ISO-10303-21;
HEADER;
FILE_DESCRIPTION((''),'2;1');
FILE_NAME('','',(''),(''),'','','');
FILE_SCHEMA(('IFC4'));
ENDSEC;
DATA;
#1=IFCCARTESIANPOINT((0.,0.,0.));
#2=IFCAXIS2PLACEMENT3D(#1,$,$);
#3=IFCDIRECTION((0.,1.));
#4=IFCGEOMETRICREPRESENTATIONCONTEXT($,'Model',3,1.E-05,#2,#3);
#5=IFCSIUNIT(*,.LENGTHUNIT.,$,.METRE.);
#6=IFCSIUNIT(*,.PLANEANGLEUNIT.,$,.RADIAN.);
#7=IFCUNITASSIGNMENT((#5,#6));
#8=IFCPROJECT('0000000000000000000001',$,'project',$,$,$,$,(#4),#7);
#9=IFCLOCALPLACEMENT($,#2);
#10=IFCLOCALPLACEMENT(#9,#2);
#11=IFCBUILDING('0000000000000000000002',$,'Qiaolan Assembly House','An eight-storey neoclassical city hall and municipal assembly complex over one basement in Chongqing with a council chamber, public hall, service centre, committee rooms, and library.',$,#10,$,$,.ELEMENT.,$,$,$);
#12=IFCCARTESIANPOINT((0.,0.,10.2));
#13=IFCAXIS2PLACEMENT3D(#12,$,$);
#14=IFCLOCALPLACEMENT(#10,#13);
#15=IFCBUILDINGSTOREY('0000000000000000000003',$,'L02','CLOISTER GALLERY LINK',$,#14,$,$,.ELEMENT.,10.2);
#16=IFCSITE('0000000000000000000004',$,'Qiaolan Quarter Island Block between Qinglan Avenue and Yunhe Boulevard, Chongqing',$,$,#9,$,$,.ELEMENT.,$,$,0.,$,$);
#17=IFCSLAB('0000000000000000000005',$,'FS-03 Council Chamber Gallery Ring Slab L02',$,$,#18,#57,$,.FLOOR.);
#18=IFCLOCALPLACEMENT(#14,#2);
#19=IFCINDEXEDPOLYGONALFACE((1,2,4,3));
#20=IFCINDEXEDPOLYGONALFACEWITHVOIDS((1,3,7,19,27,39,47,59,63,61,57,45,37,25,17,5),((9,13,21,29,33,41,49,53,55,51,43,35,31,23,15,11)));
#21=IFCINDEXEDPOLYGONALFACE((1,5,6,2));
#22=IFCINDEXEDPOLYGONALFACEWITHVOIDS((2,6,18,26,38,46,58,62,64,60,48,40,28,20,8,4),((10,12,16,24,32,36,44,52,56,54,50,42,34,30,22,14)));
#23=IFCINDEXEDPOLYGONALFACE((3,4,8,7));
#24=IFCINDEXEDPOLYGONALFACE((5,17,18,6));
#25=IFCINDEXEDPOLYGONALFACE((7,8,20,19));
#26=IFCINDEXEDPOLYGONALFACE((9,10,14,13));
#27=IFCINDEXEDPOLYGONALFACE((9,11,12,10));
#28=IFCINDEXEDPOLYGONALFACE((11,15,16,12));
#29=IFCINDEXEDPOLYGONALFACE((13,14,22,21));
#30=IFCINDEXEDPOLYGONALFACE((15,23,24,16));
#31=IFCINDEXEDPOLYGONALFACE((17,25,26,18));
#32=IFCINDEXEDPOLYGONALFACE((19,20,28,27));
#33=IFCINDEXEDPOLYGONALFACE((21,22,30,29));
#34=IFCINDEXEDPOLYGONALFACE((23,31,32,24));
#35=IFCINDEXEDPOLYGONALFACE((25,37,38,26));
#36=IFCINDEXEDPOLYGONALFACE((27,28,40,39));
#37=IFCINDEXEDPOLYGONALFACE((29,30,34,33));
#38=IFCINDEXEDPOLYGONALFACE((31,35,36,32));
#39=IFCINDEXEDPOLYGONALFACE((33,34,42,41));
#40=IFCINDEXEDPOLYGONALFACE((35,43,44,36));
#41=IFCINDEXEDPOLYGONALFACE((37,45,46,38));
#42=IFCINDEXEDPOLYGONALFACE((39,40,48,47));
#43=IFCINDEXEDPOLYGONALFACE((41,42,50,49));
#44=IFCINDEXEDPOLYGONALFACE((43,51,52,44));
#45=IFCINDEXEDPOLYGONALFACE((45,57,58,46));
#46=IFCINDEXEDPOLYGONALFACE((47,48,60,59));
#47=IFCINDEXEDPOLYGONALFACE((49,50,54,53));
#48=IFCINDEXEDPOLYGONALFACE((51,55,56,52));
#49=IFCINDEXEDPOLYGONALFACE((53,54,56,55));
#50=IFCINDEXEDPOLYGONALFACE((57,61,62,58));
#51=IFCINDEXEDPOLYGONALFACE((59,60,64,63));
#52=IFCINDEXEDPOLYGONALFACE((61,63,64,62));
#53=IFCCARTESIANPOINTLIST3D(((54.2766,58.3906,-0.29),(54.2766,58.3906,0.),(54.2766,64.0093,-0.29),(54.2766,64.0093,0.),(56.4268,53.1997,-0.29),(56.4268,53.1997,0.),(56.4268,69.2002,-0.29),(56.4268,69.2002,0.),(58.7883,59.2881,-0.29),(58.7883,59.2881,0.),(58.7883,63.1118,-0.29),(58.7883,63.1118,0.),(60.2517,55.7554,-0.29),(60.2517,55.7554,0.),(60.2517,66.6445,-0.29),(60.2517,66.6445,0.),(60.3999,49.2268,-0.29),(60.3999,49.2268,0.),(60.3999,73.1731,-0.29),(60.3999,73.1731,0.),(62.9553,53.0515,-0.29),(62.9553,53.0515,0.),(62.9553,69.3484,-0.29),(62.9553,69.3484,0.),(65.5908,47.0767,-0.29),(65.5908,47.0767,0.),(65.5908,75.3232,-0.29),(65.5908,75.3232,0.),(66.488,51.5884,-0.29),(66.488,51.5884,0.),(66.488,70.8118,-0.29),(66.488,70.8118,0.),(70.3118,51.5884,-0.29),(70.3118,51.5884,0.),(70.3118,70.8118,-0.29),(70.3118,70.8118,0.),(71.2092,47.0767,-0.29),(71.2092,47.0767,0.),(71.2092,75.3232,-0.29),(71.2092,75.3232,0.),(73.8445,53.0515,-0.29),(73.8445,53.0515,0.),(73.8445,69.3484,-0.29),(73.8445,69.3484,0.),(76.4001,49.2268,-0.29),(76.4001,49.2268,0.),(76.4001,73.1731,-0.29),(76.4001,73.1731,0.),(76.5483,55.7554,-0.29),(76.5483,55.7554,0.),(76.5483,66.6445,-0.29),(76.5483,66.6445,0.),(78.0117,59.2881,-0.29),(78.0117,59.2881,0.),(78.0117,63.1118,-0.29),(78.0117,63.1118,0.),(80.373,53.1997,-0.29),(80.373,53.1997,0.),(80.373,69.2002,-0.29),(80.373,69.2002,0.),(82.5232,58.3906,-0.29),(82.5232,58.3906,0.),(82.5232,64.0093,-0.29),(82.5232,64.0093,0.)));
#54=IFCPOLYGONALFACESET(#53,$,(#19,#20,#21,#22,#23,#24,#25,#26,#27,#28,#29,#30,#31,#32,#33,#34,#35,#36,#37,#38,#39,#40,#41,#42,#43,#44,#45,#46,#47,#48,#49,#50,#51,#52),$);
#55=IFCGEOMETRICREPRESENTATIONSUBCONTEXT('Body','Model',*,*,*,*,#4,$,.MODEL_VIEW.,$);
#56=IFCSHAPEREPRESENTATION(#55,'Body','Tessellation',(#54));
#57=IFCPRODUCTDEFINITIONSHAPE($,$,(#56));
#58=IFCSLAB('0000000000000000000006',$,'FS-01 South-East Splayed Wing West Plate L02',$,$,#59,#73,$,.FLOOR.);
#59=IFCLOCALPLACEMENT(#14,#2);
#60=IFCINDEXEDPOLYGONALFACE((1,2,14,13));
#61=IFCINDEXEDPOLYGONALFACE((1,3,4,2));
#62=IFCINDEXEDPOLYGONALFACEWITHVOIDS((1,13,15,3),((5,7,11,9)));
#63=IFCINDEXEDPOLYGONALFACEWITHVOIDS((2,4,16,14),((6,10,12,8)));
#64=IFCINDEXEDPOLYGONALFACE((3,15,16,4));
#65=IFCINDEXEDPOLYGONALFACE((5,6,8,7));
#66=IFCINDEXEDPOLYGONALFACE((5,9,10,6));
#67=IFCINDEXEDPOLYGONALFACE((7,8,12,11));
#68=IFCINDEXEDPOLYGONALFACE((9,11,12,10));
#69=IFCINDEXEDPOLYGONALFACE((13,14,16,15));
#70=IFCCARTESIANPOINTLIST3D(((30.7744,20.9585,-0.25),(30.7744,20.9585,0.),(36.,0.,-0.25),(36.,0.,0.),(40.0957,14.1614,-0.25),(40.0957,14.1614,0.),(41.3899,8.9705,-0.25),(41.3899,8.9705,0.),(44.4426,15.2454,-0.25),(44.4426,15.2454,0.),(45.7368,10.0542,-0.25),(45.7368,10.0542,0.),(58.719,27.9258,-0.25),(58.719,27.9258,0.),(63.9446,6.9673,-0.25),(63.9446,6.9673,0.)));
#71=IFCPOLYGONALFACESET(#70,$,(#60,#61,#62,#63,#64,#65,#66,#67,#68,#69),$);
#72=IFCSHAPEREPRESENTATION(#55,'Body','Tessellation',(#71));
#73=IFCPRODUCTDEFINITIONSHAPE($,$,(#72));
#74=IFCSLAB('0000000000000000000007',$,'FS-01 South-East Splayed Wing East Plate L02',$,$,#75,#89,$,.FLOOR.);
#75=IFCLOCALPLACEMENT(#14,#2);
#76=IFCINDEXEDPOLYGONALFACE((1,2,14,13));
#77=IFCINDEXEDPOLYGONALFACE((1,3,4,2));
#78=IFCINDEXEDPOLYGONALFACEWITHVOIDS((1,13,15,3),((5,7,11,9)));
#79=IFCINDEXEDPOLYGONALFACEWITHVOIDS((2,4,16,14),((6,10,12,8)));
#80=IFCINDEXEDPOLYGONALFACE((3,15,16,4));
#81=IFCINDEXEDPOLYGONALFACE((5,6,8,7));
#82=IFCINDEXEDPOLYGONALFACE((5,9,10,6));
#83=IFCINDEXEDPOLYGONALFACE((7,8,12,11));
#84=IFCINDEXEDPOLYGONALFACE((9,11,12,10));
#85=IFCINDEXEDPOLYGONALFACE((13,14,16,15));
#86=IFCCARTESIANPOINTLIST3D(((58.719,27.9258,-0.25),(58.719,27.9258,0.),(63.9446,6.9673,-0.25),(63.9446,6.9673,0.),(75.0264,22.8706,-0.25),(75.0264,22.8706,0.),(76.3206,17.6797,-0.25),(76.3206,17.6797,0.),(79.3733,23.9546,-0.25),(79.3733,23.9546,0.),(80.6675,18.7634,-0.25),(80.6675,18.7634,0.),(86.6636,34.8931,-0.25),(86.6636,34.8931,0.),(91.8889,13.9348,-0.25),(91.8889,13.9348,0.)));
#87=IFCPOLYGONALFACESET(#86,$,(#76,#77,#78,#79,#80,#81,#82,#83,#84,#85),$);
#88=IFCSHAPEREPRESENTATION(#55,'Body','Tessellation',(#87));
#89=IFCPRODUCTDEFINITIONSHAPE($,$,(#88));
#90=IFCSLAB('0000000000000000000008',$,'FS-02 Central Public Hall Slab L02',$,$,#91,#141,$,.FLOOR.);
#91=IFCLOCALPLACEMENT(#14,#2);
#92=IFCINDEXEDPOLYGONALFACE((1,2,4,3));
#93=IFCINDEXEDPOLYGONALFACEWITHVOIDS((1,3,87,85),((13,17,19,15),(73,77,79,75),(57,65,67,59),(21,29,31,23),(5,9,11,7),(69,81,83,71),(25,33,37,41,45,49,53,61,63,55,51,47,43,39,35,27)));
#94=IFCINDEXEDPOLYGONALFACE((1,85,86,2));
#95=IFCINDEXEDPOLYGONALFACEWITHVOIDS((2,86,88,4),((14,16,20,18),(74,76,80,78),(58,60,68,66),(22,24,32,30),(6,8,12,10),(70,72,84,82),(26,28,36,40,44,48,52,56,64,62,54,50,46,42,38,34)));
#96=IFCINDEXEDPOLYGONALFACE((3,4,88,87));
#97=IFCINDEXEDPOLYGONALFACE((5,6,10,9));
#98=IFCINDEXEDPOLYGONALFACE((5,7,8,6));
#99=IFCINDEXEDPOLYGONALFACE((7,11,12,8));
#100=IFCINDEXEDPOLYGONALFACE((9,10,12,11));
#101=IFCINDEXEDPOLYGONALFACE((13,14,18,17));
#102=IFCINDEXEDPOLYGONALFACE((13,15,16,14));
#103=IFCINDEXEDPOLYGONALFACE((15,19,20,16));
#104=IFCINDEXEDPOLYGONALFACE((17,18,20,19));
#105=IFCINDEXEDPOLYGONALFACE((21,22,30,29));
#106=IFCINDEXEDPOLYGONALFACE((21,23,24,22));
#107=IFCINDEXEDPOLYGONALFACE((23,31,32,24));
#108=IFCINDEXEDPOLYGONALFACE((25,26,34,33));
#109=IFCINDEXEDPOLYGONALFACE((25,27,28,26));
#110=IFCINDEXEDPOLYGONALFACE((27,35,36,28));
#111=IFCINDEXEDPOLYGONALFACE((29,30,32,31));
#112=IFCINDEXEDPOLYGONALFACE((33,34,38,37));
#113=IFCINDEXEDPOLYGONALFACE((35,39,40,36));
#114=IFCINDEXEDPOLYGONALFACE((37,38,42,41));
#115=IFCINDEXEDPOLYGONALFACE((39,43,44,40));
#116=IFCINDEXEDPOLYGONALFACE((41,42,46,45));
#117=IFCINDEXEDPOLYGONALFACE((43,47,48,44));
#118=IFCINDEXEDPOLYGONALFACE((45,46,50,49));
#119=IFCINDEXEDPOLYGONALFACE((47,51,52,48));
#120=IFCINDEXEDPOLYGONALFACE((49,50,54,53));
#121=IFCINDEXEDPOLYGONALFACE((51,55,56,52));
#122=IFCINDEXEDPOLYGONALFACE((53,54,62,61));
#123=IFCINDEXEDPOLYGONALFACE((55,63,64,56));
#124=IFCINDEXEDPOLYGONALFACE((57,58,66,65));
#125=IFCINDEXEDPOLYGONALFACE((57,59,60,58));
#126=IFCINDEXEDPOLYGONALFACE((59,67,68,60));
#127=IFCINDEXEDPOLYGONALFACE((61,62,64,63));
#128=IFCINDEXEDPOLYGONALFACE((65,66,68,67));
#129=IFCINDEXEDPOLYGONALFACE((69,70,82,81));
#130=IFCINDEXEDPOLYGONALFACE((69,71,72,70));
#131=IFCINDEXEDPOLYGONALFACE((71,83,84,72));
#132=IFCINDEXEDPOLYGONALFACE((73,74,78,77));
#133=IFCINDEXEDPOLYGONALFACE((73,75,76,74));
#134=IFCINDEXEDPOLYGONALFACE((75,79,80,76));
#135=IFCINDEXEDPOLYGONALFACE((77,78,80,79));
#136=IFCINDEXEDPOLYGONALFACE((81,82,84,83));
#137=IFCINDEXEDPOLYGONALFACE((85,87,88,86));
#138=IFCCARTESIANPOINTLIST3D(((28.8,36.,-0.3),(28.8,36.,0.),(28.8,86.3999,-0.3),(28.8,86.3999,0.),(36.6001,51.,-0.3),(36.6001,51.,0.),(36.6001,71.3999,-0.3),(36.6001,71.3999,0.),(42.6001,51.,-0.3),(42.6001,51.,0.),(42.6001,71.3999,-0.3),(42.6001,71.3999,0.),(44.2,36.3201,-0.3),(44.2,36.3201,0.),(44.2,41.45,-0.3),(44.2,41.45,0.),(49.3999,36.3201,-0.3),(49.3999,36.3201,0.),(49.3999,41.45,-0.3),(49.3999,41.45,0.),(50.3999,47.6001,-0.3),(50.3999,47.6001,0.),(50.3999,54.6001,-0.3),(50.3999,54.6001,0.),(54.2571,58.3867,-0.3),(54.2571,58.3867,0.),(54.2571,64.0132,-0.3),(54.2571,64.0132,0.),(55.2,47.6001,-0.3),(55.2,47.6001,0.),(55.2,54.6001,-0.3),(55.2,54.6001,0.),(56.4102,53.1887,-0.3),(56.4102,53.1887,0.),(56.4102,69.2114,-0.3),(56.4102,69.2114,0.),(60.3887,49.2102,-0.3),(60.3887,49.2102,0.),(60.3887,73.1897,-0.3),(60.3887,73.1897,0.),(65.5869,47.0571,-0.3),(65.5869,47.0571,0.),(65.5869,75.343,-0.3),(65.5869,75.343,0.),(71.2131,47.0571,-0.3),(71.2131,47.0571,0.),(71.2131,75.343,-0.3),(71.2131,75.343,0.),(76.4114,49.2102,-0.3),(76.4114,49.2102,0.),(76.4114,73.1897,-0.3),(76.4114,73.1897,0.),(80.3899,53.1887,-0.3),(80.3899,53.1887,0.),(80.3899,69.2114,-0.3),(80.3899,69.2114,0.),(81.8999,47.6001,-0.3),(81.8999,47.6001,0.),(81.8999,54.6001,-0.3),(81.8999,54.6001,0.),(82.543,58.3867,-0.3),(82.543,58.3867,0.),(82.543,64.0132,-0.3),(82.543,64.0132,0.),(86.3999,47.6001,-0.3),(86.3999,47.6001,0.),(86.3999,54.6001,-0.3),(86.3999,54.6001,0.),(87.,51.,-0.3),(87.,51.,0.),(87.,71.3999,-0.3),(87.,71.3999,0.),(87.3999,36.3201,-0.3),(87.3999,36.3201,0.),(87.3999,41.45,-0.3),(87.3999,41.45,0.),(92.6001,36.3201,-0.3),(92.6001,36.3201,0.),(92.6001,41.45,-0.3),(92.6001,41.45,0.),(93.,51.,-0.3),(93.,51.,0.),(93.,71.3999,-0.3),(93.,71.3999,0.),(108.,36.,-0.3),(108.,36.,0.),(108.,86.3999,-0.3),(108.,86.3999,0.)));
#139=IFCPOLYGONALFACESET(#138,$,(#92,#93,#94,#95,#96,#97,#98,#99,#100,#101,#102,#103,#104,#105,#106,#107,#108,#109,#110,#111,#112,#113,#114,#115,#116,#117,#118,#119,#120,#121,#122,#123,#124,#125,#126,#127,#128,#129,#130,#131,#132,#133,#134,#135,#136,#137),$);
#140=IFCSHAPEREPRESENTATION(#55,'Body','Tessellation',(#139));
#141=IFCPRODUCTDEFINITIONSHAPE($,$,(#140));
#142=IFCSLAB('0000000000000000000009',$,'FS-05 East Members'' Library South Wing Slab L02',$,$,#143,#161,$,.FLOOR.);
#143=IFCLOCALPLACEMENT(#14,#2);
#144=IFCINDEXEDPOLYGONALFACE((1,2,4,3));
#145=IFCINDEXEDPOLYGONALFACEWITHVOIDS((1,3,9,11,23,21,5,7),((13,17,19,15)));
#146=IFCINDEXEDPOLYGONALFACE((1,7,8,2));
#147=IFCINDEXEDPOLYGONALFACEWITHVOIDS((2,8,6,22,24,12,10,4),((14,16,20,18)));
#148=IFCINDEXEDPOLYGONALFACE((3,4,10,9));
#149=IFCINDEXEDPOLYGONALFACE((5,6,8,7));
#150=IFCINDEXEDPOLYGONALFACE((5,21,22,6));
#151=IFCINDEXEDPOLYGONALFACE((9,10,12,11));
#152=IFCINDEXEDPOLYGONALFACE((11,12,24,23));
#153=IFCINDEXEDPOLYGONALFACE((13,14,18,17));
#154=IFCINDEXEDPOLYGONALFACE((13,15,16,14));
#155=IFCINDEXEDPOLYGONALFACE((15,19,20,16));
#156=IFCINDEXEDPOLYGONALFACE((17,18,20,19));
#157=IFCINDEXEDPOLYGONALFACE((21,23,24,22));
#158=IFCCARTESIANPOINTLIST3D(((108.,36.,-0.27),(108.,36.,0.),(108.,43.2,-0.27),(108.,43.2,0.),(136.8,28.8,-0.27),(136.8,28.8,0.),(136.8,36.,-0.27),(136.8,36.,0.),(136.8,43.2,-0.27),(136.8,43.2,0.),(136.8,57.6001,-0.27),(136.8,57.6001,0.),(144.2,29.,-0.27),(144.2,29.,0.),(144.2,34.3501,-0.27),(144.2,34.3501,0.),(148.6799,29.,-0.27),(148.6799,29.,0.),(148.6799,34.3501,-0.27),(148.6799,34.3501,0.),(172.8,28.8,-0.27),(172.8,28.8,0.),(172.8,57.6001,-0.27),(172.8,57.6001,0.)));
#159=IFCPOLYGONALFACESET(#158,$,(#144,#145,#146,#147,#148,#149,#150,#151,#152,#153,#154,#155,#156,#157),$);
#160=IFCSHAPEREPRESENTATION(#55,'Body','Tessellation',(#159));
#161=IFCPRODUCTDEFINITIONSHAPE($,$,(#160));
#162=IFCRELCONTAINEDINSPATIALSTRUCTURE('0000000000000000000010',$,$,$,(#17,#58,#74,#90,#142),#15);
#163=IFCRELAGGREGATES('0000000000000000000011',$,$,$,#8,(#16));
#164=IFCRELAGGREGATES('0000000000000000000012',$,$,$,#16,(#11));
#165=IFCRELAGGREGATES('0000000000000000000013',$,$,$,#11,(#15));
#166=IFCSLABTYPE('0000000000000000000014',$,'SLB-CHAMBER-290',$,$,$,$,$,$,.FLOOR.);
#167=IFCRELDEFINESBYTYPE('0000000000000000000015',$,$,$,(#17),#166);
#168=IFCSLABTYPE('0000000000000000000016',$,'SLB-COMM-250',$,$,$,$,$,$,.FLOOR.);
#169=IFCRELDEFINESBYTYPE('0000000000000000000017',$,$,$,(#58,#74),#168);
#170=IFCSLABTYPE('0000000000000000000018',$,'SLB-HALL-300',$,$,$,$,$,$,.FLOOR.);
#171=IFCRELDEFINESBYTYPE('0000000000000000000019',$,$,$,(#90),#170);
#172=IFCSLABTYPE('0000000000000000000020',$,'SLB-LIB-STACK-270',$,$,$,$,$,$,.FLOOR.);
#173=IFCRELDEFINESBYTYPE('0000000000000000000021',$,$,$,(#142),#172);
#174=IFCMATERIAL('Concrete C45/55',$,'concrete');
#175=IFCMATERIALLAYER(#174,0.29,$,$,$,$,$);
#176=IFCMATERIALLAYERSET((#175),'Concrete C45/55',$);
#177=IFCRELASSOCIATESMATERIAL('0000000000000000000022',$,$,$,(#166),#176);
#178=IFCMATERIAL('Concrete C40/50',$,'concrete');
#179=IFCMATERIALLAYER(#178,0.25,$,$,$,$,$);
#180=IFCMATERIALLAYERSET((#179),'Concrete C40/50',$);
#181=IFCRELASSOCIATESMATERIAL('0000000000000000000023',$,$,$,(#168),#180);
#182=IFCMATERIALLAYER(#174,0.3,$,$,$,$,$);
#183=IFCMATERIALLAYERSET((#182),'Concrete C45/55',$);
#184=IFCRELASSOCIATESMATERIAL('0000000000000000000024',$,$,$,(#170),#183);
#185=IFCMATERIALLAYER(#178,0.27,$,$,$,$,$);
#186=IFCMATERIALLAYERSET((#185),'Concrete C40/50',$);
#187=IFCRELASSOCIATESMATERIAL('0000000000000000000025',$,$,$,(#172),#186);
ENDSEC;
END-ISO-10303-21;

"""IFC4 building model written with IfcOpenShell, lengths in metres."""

from ifc_helpers import new_model, si_unit, direction, frame, origin, place, context, subcontext, project, spatial, polyline, outline, extrude, material, layer, layer_set, type_object, element, save


model = new_model("IFC4")

# Units and contexts
model_context = context("Model", 3, precision=1e-05, world=origin(), true_north=direction((0.0, 1.0)))
body_context = subcontext(model_context, "Body", "Model", "MODEL_VIEW")
ifc_project = project(units=[si_unit("LENGTHUNIT", "METRE"), si_unit("PLANEANGLEUNIT", "RADIAN")], contexts=[model_context])

# Site, building, storey
site_placement = place(None, origin())
site = spatial("IfcSite", under=ifc_project, at=site_placement, Name="Qiaolan Quarter Island Block between Qinglan Avenue and Yunhe Boulevard, Chongqing", CompositionType="ELEMENT", RefElevation=0.0)
building_placement = place(site_placement, origin())
building = spatial("IfcBuilding", under=site, at=building_placement, Name="Qiaolan Assembly House", Description="An eight-storey neoclassical city hall and municipal assembly complex over one basement in Chongqing with a council chamber, public hall, service centre, committee rooms, and library.", CompositionType="ELEMENT")
storey_placement = place(building_placement, frame((0.0, 0.0, 10.2)))
storey = spatial("IfcBuildingStorey", under=building, at=storey_placement, Name="L02", Description="CLOISTER GALLERY LINK", CompositionType="ELEMENT", Elevation=10.2)

# Slabs
ifc_material_1 = material(Name="Concrete C40/50", Category="concrete")
ifc_material_2 = material(Name="Concrete C45/55", Category="concrete")
ifc_layer_1 = layer(ifc_material_2, 0.29)
ifc_layer_set_1 = layer_set([ifc_layer_1], Name="Concrete C45/55")
slab_type_1 = type_object("IfcSlabType", Name="SLB-CHAMBER-290", PredefinedType="FLOOR", material=ifc_layer_set_1)
slab_1_placement = place(storey_placement, frame((0.0, 0.0, -0.29)))
element("IfcSlab", 1, at=slab_1_placement, inside=storey, type_object=slab_type_1, Name="FS-03 Council Chamber Gallery Ring Slab L02", PredefinedType="FLOOR", context=body_context, shape_type="SweptSolid", body=[
    extrude(outline(polyline([(82.5232, 64.0093), (80.373, 69.2002), (76.4001, 73.1731), (71.2092, 75.3232), (65.5908, 75.3232), (60.3999, 73.1731), (56.4268, 69.2002), (54.2766, 64.0093), (54.2766, 58.3906), (56.4268, 53.1997), (60.3999, 49.2268), (65.5908, 47.0767), (71.2092, 47.0767), (76.4001, 49.2268), (80.373, 53.1997), (82.5232, 58.3906), (82.5232, 64.0093)]), holes=[polyline([(78.0117, 59.2881), (76.5483, 55.7554), (73.8445, 53.0515), (70.3118, 51.5884), (66.488, 51.5884), (62.9553, 53.0515), (60.2517, 55.7554), (58.7883, 59.2881), (58.7883, 63.1118), (60.2517, 66.6445), (62.9553, 69.3484), (66.488, 70.8118), (70.3118, 70.8118), (73.8445, 69.3484), (76.5483, 66.6445), (78.0117, 63.1118), (78.0117, 59.2881)])]), origin(), (0.0, 0.0, 1.0), 0.29),
])
ifc_layer_2 = layer(ifc_material_1, 0.25)
ifc_layer_set_2 = layer_set([ifc_layer_2], Name="Concrete C40/50")
slab_type_2 = type_object("IfcSlabType", Name="SLB-COMM-250", PredefinedType="FLOOR", material=ifc_layer_set_2)
slab_2_placement = place(storey_placement, frame((0.0, 0.0, -0.25)))
element("IfcSlab", 2, at=slab_2_placement, inside=storey, type_object=slab_type_2, Name="FS-01 South-East Splayed Wing West Plate L02", PredefinedType="FLOOR", context=body_context, shape_type="SweptSolid", body=[
    extrude(outline(polyline([(36.0, 0.0), (63.9446, 6.9673), (58.719, 27.9258), (30.7744, 20.9585), (36.0, 0.0)]), holes=[polyline([(40.0957, 14.1614), (44.4426, 15.2454), (45.7368, 10.0542), (41.3899, 8.9705), (40.0957, 14.1614)])]), origin(), (0.0, 0.0, 1.0), 0.25),
])
slab_3_placement = place(storey_placement, frame((0.0, 0.0, -0.25)))
element("IfcSlab", 3, at=slab_3_placement, inside=storey, type_object=slab_type_2, Name="FS-01 South-East Splayed Wing East Plate L02", PredefinedType="FLOOR", context=body_context, shape_type="SweptSolid", body=[
    extrude(outline(polyline([(63.9446, 6.9673), (91.8889, 13.9348), (86.6636, 34.8931), (58.719, 27.9258), (63.9446, 6.9673)]), holes=[polyline([(75.0264, 22.8706), (79.3733, 23.9546), (80.6675, 18.7634), (76.3206, 17.6797), (75.0264, 22.8706)])]), origin(), (0.0, 0.0, 1.0), 0.25),
])
ifc_layer_3 = layer(ifc_material_2, 0.3)
ifc_layer_set_3 = layer_set([ifc_layer_3], Name="Concrete C45/55")
slab_type_3 = type_object("IfcSlabType", Name="SLB-HALL-300", PredefinedType="FLOOR", material=ifc_layer_set_3)
slab_4_placement = place(storey_placement, frame((0.0, 0.0, -0.3)))
element("IfcSlab", 4, at=slab_4_placement, inside=storey, type_object=slab_type_3, Name="FS-02 Central Public Hall Slab L02", PredefinedType="FLOOR", context=body_context, shape_type="SweptSolid", body=[
    extrude(outline(polyline([(28.8, 36.0), (108.0, 36.0), (108.0, 86.3999), (28.8, 86.3999), (28.8, 36.0)]), holes=[polyline([(82.543, 58.3867), (80.3899, 53.1887), (76.4114, 49.2102), (71.2131, 47.0571), (65.5869, 47.0571), (60.3887, 49.2102), (56.4102, 53.1887), (54.2571, 58.3867), (54.2571, 64.0132), (56.4102, 69.2114), (60.3887, 73.1897), (65.5869, 75.343), (71.2131, 75.343), (76.4114, 73.1897), (80.3899, 69.2114), (82.543, 64.0132), (82.543, 58.3867)]), polyline([(36.6001, 51.0), (36.6001, 71.3999), (42.6001, 71.3999), (42.6001, 51.0), (36.6001, 51.0)]), polyline([(87.0, 51.0), (87.0, 71.3999), (93.0, 71.3999), (93.0, 51.0), (87.0, 51.0)]), polyline([(44.2, 36.3201), (44.2, 41.45), (49.3999, 41.45), (49.3999, 36.3201), (44.2, 36.3201)]), polyline([(87.3999, 36.3201), (87.3999, 41.45), (92.6001, 41.45), (92.6001, 36.3201), (87.3999, 36.3201)]), polyline([(50.3999, 47.6001), (50.3999, 54.6001), (55.2, 54.6001), (55.2, 47.6001), (50.3999, 47.6001)]), polyline([(81.8999, 47.6001), (81.8999, 54.6001), (86.3999, 54.6001), (86.3999, 47.6001), (81.8999, 47.6001)])]), origin(), (0.0, 0.0, 1.0), 0.3),
])
ifc_layer_4 = layer(ifc_material_1, 0.27)
ifc_layer_set_4 = layer_set([ifc_layer_4], Name="Concrete C40/50")
slab_type_4 = type_object("IfcSlabType", Name="SLB-LIB-STACK-270", PredefinedType="FLOOR", material=ifc_layer_set_4)
slab_5_placement = place(storey_placement, frame((0.0, 0.0, -0.27)))
element("IfcSlab", 5, at=slab_5_placement, inside=storey, type_object=slab_type_4, Name="FS-05 East Members' Library South Wing Slab L02", PredefinedType="FLOOR", context=body_context, shape_type="SweptSolid", body=[
    extrude(outline(polyline([(108.0, 36.0), (136.8, 36.0), (136.8, 28.8), (172.8, 28.8), (172.8, 57.6001), (136.8, 57.6001), (136.8, 43.2), (108.0, 43.2), (108.0, 36.0)]), holes=[polyline([(144.2, 29.0), (144.2, 34.3501), (148.6799, 34.3501), (148.6799, 29.0), (144.2, 29.0)])]), origin(), (0.0, 0.0, 1.0), 0.27),
])

save(model, "model.ifc")
